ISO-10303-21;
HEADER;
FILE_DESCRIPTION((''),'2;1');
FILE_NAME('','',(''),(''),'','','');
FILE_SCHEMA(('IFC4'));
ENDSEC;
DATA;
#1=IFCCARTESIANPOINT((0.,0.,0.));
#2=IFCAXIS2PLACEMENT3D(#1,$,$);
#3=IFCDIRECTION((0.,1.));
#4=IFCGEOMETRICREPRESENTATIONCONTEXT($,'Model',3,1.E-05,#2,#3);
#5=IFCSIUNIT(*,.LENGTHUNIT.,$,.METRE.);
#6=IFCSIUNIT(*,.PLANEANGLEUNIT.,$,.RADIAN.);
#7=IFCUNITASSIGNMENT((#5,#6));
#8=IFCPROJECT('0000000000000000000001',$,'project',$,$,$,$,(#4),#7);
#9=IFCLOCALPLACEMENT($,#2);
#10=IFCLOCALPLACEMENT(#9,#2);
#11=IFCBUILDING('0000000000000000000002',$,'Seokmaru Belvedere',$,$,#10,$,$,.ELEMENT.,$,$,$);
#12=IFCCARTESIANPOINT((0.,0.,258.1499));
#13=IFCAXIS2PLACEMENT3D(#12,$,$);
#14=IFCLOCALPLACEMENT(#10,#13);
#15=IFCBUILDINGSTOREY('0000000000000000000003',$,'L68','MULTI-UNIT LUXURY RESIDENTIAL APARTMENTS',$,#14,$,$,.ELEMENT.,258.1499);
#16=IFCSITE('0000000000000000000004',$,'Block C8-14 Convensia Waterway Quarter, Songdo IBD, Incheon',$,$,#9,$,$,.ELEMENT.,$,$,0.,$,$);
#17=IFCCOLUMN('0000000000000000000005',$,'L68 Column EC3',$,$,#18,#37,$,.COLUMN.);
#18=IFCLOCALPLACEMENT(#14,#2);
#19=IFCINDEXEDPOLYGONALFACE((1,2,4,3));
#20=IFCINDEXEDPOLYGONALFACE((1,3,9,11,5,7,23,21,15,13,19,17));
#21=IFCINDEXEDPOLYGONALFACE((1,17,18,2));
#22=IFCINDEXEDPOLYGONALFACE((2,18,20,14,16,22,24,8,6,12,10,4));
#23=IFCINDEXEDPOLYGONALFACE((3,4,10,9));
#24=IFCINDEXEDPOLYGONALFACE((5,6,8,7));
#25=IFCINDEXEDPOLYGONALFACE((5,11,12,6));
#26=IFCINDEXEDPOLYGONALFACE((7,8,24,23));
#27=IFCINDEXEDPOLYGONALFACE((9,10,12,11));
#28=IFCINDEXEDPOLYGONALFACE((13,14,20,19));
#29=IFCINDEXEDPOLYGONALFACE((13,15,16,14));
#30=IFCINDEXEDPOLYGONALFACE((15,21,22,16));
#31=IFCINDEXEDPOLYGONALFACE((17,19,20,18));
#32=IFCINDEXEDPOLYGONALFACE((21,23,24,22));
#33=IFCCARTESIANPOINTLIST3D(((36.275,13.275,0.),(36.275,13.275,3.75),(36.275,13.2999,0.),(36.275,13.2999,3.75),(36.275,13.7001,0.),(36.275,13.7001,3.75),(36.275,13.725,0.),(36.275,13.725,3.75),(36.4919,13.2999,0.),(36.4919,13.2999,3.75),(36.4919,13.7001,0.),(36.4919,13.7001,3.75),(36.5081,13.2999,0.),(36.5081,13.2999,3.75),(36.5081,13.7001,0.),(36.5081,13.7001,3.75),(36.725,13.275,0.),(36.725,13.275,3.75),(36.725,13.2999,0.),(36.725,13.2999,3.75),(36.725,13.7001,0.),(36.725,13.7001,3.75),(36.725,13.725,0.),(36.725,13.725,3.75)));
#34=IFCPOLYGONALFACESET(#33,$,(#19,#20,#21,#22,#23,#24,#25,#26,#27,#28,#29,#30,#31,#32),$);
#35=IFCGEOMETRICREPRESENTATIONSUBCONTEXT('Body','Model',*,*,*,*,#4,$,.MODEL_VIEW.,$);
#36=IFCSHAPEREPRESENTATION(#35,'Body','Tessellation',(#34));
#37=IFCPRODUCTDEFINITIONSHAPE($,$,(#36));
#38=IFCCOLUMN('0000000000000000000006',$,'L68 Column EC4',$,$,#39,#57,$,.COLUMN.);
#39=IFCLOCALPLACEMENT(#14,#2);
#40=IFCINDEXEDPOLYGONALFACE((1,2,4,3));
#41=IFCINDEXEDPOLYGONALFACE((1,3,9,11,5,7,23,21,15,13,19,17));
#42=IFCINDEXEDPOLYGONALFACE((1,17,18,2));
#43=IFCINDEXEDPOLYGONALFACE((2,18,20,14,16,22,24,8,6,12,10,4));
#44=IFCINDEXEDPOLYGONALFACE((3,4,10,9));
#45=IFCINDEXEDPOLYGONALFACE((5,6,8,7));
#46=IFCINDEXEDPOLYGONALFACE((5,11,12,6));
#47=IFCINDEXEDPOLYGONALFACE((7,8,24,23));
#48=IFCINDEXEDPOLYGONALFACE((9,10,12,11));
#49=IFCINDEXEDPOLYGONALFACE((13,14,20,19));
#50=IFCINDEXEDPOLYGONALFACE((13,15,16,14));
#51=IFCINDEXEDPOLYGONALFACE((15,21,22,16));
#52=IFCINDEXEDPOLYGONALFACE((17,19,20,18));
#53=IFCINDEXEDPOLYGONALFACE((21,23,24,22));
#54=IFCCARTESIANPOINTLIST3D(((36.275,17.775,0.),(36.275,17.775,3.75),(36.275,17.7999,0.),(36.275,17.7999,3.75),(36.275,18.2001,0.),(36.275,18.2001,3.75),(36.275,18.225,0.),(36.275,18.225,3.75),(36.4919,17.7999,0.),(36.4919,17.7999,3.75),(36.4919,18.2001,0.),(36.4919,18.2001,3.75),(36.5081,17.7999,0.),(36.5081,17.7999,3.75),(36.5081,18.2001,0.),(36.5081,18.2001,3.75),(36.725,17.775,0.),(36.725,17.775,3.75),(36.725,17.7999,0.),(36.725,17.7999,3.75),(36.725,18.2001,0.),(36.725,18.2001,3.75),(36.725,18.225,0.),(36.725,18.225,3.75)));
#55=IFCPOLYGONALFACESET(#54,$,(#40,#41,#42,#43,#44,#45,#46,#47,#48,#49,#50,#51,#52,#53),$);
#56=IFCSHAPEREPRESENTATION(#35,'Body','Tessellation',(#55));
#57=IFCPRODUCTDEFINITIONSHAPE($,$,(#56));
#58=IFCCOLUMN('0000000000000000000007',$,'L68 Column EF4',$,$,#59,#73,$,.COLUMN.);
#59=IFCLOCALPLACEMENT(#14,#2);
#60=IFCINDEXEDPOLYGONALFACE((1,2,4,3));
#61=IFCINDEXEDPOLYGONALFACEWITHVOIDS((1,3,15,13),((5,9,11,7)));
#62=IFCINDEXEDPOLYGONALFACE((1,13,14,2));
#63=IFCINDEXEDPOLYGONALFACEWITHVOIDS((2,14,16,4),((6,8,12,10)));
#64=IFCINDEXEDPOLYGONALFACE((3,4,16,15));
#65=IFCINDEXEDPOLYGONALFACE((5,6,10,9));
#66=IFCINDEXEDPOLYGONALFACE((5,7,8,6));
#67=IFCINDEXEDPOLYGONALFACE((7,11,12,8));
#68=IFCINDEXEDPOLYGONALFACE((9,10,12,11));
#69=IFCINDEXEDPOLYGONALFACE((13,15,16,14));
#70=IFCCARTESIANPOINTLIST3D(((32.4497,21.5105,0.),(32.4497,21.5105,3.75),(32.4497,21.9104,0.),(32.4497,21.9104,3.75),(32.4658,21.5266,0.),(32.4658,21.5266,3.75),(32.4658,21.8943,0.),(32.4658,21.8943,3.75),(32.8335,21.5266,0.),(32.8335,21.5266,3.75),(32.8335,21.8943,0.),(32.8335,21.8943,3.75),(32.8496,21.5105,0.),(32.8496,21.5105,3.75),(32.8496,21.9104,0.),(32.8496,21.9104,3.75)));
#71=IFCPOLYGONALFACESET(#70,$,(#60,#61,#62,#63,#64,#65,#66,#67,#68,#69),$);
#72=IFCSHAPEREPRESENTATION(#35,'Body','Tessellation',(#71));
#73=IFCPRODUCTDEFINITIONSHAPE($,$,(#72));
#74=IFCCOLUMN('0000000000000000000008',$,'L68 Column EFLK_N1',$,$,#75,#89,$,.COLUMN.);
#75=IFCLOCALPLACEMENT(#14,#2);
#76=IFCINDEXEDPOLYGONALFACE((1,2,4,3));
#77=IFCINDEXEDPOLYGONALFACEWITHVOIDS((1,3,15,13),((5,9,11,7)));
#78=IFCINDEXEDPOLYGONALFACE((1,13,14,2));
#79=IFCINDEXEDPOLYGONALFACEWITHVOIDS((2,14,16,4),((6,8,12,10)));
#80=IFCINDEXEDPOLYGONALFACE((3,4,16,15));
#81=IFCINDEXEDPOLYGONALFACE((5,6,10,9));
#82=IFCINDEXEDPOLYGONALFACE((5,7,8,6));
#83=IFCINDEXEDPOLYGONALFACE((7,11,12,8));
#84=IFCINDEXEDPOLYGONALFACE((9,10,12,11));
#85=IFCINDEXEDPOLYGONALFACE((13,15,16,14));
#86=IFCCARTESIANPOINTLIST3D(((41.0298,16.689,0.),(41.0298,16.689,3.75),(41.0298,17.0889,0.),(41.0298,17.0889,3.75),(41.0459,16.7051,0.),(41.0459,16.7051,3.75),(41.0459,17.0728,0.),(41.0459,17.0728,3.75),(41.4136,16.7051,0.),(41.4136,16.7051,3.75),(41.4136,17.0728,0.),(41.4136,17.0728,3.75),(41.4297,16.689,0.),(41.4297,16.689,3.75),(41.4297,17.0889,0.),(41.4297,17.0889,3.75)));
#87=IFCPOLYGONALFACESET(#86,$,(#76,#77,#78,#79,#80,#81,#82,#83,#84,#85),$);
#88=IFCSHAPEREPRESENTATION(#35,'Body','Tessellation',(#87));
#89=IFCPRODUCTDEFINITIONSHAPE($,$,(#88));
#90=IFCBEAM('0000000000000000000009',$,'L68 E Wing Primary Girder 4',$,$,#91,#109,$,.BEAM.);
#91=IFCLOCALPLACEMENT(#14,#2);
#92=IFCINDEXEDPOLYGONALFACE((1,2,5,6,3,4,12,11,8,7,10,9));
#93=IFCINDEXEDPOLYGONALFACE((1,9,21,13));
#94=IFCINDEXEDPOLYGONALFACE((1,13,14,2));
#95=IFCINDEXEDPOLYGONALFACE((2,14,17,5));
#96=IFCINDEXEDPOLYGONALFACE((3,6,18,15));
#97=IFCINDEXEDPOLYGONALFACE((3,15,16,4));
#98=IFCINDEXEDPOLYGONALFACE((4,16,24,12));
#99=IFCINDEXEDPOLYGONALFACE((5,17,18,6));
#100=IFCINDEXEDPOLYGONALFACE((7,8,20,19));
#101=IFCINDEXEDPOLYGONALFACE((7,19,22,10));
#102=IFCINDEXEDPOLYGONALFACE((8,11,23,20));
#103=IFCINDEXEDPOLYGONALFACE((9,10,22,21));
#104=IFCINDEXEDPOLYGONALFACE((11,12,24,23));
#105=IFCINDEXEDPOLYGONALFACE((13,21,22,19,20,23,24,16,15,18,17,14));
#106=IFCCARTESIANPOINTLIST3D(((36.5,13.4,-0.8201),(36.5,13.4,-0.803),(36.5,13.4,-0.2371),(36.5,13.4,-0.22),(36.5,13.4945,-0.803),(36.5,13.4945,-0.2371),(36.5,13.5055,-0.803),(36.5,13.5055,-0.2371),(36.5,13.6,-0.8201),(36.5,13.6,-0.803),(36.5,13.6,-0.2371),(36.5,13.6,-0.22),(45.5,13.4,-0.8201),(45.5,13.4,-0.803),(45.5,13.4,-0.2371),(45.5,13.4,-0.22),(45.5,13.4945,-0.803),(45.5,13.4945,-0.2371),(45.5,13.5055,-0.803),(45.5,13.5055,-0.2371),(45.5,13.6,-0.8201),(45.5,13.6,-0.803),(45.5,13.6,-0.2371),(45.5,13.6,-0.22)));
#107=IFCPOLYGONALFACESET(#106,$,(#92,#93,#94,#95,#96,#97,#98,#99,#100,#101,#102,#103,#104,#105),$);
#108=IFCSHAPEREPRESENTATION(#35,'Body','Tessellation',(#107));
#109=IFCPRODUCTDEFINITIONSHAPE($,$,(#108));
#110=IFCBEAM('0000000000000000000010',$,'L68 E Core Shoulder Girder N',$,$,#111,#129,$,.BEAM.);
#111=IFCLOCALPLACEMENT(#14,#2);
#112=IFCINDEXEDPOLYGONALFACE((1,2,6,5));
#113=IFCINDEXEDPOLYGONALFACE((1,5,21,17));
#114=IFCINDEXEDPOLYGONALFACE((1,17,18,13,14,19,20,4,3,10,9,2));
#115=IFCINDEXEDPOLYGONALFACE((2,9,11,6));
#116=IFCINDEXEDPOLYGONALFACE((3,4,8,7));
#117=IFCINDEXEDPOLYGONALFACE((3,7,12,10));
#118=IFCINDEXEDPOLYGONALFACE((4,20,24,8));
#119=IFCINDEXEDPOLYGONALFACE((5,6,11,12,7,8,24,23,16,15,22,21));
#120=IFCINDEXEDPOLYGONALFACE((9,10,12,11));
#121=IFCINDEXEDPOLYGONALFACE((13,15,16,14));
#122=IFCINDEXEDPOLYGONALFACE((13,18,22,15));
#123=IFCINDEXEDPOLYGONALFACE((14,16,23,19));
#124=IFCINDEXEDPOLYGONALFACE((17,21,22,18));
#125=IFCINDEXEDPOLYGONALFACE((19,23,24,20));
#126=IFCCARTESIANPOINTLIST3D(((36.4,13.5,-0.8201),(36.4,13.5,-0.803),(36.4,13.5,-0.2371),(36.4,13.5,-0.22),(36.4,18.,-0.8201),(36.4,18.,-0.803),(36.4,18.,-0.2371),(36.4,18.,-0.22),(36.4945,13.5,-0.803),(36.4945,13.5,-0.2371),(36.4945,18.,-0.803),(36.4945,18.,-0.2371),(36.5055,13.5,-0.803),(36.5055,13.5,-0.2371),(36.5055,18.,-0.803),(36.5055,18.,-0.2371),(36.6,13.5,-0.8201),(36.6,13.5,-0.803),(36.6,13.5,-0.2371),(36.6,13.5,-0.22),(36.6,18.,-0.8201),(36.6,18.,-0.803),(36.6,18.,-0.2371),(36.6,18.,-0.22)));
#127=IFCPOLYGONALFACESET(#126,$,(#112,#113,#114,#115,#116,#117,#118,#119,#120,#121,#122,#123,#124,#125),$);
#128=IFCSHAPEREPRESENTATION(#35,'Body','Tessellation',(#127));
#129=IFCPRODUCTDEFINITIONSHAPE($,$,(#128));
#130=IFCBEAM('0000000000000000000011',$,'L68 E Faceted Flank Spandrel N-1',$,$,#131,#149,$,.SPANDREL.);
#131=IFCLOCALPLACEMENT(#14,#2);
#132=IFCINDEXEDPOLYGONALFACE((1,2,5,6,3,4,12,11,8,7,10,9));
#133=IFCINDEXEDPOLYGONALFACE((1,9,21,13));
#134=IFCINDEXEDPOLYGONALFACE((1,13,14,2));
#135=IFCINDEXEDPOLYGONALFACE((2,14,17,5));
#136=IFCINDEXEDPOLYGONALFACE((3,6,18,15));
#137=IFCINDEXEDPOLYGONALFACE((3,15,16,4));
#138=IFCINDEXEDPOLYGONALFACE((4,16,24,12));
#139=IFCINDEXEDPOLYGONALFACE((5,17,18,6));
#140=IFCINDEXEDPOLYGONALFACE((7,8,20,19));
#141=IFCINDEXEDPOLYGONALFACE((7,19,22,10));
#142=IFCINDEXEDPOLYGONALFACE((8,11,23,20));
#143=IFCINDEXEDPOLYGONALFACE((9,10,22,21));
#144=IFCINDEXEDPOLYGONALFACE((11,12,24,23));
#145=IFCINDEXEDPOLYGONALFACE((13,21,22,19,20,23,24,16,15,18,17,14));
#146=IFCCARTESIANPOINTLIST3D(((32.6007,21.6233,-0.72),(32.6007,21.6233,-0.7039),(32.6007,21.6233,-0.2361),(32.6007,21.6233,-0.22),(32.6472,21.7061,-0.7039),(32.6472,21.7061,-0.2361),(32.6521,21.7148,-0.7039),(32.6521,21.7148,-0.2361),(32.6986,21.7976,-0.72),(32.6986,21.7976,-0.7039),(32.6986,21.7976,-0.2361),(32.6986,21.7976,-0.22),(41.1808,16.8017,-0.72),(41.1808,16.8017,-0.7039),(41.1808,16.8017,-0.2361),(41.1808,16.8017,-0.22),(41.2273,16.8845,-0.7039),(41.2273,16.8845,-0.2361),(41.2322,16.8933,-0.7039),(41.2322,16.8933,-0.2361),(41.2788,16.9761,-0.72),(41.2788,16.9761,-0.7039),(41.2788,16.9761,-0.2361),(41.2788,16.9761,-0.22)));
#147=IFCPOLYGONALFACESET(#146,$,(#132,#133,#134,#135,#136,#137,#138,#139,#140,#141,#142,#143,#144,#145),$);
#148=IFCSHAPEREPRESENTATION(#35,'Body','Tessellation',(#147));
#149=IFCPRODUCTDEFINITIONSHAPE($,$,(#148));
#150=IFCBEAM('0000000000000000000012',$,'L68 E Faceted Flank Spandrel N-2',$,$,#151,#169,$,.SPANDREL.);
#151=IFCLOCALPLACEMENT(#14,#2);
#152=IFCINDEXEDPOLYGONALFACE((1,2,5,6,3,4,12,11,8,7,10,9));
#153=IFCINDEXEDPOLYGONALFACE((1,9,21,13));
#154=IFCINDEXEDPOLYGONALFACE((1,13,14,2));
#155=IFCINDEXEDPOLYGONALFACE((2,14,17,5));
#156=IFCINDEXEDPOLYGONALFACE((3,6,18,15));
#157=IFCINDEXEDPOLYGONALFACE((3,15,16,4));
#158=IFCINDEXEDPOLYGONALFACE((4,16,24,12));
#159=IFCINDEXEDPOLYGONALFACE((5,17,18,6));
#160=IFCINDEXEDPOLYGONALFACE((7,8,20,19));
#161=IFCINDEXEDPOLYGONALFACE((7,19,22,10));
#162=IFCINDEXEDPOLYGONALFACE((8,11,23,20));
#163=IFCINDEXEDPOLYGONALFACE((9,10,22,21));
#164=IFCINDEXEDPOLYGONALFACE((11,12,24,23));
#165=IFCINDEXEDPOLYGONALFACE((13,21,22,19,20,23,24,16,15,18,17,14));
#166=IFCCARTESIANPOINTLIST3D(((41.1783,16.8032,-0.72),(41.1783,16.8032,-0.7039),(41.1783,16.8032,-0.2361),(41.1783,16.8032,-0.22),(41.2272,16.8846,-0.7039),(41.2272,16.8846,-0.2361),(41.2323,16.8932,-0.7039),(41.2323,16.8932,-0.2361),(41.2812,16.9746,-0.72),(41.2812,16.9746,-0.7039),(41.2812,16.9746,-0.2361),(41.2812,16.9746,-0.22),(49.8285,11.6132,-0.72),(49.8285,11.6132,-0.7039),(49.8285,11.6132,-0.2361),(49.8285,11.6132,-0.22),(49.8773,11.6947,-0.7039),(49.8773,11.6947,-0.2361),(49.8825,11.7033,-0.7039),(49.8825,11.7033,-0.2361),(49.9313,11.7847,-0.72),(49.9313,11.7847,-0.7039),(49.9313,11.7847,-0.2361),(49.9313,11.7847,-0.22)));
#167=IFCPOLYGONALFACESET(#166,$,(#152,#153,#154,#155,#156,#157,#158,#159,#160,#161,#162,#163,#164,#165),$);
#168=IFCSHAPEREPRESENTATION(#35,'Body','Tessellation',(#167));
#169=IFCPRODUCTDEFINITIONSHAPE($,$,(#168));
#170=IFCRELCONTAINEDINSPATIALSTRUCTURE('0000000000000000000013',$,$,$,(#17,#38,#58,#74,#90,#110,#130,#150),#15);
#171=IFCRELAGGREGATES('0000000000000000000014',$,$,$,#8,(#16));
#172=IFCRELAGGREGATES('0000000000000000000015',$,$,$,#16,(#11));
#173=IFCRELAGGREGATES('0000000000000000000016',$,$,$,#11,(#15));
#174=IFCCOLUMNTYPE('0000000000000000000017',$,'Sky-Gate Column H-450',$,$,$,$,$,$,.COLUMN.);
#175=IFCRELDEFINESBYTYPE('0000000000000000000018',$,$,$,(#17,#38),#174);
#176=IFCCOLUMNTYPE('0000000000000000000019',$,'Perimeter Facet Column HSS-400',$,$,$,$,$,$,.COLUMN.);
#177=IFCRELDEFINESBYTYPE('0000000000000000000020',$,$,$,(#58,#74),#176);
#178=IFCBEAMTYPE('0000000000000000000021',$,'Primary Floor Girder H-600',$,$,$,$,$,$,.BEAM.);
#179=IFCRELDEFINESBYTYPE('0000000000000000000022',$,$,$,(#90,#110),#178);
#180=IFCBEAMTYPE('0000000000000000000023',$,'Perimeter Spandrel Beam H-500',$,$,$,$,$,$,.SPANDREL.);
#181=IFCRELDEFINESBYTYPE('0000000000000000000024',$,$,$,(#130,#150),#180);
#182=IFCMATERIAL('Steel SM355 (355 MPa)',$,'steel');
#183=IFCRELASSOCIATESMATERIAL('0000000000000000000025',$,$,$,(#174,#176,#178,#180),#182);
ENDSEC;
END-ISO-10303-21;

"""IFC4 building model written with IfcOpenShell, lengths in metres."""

from ifc_helpers import new_model, si_unit, direction, frame, origin, origin_2d, place, context, subcontext, project, spatial, hollow_rectangle, i_section, extrude, source, transform, mapped, material, material_profile, profile_set, type_object, type_shapes, element, save


model = new_model("IFC4")

# Units and contexts
model_context = context("Model", 3, precision=1e-05, world=origin(), true_north=direction((0.0, 1.0)))
body_context = subcontext(model_context, "Body", "Model", "MODEL_VIEW")
ifc_project = project(units=[si_unit("LENGTHUNIT", "METRE"), si_unit("PLANEANGLEUNIT", "RADIAN")], contexts=[model_context])

# Site, building, storey
site_placement = place(None, origin())
site = spatial("IfcSite", under=ifc_project, at=site_placement, Name="Block C8-14 Convensia Waterway Quarter, Songdo IBD, Incheon", CompositionType="ELEMENT", RefElevation=0.0)
building_placement = place(site_placement, origin())
building = spatial("IfcBuilding", under=site, at=building_placement, Name="Seokmaru Belvedere", CompositionType="ELEMENT")
storey_placement = place(building_placement, frame((0.0, 0.0, 258.1499)))
storey = spatial("IfcBuildingStorey", under=building, at=storey_placement, Name="L68", Description="MULTI-UNIT LUXURY RESIDENTIAL APARTMENTS", CompositionType="ELEMENT", Elevation=258.1499)

# Columns
ifc_material_1 = material(Name="Steel SM355 (355 MPa)", Category="steel")
ifc_material_profile_1 = material_profile(ifc_material_1, i_section(OverallWidth=0.45, OverallDepth=0.45, WebThickness=0.0161, FlangeThickness=0.0249, at=origin_2d()), Name="H-450x450x16x25")
ifc_profile_set_1 = profile_set([ifc_material_profile_1], Name="Steel SM355 (355 MPa)")
column_type_1 = type_object("IfcColumnType", Name="Sky-Gate Column H-450", PredefinedType="COLUMN", material=ifc_profile_set_1)
shared_shape_1 = source(origin(), body_context, "Body", "SweptSolid", [
    extrude(i_section(OverallWidth=0.45, OverallDepth=0.45, WebThickness=0.0161, FlangeThickness=0.0249, at=origin_2d()), origin(), (0.0, 0.0, 1.0), 3.75),
])
type_shapes(column_type_1, [shared_shape_1])
for number, where, z_axis, x_axis, name in (
    (1, (36.5, 13.5, 0.0), (0.0, 0.0, 1.0), (1.0, 0.0, 0.0), "L68 Column EC3"),
    (2, (36.5, 18.0, 0.0), (0.0, 0.0, 1.0), (1.0, 0.0, 0.0), "L68 Column EC4"),
):
    element("IfcColumn", number, at=place(storey_placement, frame(where, z_axis=z_axis, x_axis=x_axis)), inside=storey, type_object=column_type_1, Name=name, PredefinedType="COLUMN", context=body_context, shape_type="MappedRepresentation", body=[
        mapped(shared_shape_1, transform((0.0, 0.0, 0.0), scale=1.0)),
    ])
ifc_material_profile_2 = material_profile(ifc_material_1, hollow_rectangle(XDim=0.3999, YDim=0.3999, WallThickness=0.0161, at=origin_2d()), Name="HSS-400x400x16")
ifc_profile_set_2 = profile_set([ifc_material_profile_2], Name="Steel SM355 (355 MPa)")
column_type_2 = type_object("IfcColumnType", Name="Perimeter Facet Column HSS-400", PredefinedType="COLUMN", material=ifc_profile_set_2)
shared_shape_2 = source(origin(), body_context, "Body", "SweptSolid", [
    extrude(hollow_rectangle(XDim=0.3999, YDim=0.3999, WallThickness=0.0161, at=origin_2d()), origin(), (0.0, 0.0, 1.0), 3.75),
])
type_shapes(column_type_2, [shared_shape_2])
for number, where, z_axis, x_axis, name in (
    (3, (32.6497, 21.7104, 0.0), (0.0, 0.0, 1.0), (1.0, 0.0, 0.0), "L68 Column EF4"),
    (4, (41.2297, 16.8889, 0.0), (0.0, 0.0, 1.0), (1.0, 0.0, 0.0), "L68 Column EFLK_N1"),
):
    element("IfcColumn", number, at=place(storey_placement, frame(where, z_axis=z_axis, x_axis=x_axis)), inside=storey, type_object=column_type_2, Name=name, PredefinedType="COLUMN", context=body_context, shape_type="MappedRepresentation", body=[
        mapped(shared_shape_2, transform((0.0, 0.0, 0.0), scale=1.0)),
    ])

# Beams
ifc_material_profile_3 = material_profile(ifc_material_1, i_section(OverallWidth=0.2, OverallDepth=0.6001, WebThickness=0.011, FlangeThickness=0.0171, at=origin_2d()), Name="H-600x200x11x17")
ifc_profile_set_3 = profile_set([ifc_material_profile_3], Name="Steel SM355 (355 MPa)")
beam_type_1 = type_object("IfcBeamType", Name="Primary Floor Girder H-600", PredefinedType="BEAM", material=ifc_profile_set_3)
shared_shape_3 = source(origin(), body_context, "Body", "SweptSolid", [
    extrude(i_section(OverallWidth=0.2, OverallDepth=0.6001, WebThickness=0.011, FlangeThickness=0.0171, at=origin_2d()), origin(), (0.0, 0.0, 1.0), 9.0),
])
beam_1_placement = place(storey_placement, frame((36.5, 13.5, -0.52), z_axis=(1.0, 0.0, 0.0), x_axis=(0.0, 1.0, 0.0)))
element("IfcBeam", 5, at=beam_1_placement, inside=storey, type_object=beam_type_1, Name="L68 E Wing Primary Girder 4", PredefinedType="BEAM", context=body_context, shape_type="MappedRepresentation", body=[
    mapped(shared_shape_3, transform((0.0, 0.0, 0.0), scale=1.0)),
])
shared_shape_4 = source(origin(), body_context, "Body", "SweptSolid", [
    extrude(i_section(OverallWidth=0.2, OverallDepth=0.6001, WebThickness=0.011, FlangeThickness=0.0171, at=origin_2d()), origin(), (0.0, 0.0, 1.0), 4.5),
])
beam_2_placement = place(storey_placement, frame((36.5, 13.5, -0.52), z_axis=(0.0, 1.0, 0.0), x_axis=(-1.0, 0.0, 0.0)))
element("IfcBeam", 6, at=beam_2_placement, inside=storey, type_object=beam_type_1, Name="L68 E Core Shoulder Girder N", PredefinedType="BEAM", context=body_context, shape_type="MappedRepresentation", body=[
    mapped(shared_shape_4, transform((0.0, 0.0, 0.0), scale=1.0)),
])
ifc_material_profile_4 = material_profile(ifc_material_1, i_section(OverallWidth=0.2, OverallDepth=0.5, WebThickness=0.01, FlangeThickness=0.0161, at=origin_2d()), Name="H-500x200x10x16")
ifc_profile_set_4 = profile_set([ifc_material_profile_4], Name="Steel SM355 (355 MPa)")
beam_type_2 = type_object("IfcBeamType", Name="Perimeter Spandrel Beam H-500", PredefinedType="SPANDREL", material=ifc_profile_set_4)
shared_shape_5 = source(origin(), body_context, "Body", "SweptSolid", [
    extrude(i_section(OverallWidth=0.2, OverallDepth=0.5, WebThickness=0.01, FlangeThickness=0.0161, at=origin_2d()), origin(), (0.0, 0.0, 1.0), 9.842),
])
beam_3_placement = place(storey_placement, frame((32.6497, 21.7104, -0.47), z_axis=(0.871782, -0.489894, 0.0), x_axis=(0.489894, 0.871782, 0.0)))
element("IfcBeam", 7, at=beam_3_placement, inside=storey, type_object=beam_type_2, Name="L68 E Faceted Flank Spandrel N-1", PredefinedType="SPANDREL", context=body_context, shape_type="MappedRepresentation", body=[
    mapped(shared_shape_5, transform((0.0, 0.0, 0.0), scale=1.0)),
])
shared_shape_6 = source(origin(), body_context, "Body", "SweptSolid", [
    extrude(i_section(OverallWidth=0.2, OverallDepth=0.5, WebThickness=0.01, FlangeThickness=0.0161, at=origin_2d()), origin(), (0.0, 0.0, 1.0), 10.0876),
])
beam_4_placement = place(storey_placement, frame((41.2297, 16.8889, -0.47), z_axis=(0.857499, -0.514485, 0.0), x_axis=(0.514485, 0.857499, 0.0)))
element("IfcBeam", 8, at=beam_4_placement, inside=storey, type_object=beam_type_2, Name="L68 E Faceted Flank Spandrel N-2", PredefinedType="SPANDREL", context=body_context, shape_type="MappedRepresentation", body=[
    mapped(shared_shape_6, transform((0.0, 0.0, 0.0), scale=1.0)),
])

save(model, "model.ifc")
